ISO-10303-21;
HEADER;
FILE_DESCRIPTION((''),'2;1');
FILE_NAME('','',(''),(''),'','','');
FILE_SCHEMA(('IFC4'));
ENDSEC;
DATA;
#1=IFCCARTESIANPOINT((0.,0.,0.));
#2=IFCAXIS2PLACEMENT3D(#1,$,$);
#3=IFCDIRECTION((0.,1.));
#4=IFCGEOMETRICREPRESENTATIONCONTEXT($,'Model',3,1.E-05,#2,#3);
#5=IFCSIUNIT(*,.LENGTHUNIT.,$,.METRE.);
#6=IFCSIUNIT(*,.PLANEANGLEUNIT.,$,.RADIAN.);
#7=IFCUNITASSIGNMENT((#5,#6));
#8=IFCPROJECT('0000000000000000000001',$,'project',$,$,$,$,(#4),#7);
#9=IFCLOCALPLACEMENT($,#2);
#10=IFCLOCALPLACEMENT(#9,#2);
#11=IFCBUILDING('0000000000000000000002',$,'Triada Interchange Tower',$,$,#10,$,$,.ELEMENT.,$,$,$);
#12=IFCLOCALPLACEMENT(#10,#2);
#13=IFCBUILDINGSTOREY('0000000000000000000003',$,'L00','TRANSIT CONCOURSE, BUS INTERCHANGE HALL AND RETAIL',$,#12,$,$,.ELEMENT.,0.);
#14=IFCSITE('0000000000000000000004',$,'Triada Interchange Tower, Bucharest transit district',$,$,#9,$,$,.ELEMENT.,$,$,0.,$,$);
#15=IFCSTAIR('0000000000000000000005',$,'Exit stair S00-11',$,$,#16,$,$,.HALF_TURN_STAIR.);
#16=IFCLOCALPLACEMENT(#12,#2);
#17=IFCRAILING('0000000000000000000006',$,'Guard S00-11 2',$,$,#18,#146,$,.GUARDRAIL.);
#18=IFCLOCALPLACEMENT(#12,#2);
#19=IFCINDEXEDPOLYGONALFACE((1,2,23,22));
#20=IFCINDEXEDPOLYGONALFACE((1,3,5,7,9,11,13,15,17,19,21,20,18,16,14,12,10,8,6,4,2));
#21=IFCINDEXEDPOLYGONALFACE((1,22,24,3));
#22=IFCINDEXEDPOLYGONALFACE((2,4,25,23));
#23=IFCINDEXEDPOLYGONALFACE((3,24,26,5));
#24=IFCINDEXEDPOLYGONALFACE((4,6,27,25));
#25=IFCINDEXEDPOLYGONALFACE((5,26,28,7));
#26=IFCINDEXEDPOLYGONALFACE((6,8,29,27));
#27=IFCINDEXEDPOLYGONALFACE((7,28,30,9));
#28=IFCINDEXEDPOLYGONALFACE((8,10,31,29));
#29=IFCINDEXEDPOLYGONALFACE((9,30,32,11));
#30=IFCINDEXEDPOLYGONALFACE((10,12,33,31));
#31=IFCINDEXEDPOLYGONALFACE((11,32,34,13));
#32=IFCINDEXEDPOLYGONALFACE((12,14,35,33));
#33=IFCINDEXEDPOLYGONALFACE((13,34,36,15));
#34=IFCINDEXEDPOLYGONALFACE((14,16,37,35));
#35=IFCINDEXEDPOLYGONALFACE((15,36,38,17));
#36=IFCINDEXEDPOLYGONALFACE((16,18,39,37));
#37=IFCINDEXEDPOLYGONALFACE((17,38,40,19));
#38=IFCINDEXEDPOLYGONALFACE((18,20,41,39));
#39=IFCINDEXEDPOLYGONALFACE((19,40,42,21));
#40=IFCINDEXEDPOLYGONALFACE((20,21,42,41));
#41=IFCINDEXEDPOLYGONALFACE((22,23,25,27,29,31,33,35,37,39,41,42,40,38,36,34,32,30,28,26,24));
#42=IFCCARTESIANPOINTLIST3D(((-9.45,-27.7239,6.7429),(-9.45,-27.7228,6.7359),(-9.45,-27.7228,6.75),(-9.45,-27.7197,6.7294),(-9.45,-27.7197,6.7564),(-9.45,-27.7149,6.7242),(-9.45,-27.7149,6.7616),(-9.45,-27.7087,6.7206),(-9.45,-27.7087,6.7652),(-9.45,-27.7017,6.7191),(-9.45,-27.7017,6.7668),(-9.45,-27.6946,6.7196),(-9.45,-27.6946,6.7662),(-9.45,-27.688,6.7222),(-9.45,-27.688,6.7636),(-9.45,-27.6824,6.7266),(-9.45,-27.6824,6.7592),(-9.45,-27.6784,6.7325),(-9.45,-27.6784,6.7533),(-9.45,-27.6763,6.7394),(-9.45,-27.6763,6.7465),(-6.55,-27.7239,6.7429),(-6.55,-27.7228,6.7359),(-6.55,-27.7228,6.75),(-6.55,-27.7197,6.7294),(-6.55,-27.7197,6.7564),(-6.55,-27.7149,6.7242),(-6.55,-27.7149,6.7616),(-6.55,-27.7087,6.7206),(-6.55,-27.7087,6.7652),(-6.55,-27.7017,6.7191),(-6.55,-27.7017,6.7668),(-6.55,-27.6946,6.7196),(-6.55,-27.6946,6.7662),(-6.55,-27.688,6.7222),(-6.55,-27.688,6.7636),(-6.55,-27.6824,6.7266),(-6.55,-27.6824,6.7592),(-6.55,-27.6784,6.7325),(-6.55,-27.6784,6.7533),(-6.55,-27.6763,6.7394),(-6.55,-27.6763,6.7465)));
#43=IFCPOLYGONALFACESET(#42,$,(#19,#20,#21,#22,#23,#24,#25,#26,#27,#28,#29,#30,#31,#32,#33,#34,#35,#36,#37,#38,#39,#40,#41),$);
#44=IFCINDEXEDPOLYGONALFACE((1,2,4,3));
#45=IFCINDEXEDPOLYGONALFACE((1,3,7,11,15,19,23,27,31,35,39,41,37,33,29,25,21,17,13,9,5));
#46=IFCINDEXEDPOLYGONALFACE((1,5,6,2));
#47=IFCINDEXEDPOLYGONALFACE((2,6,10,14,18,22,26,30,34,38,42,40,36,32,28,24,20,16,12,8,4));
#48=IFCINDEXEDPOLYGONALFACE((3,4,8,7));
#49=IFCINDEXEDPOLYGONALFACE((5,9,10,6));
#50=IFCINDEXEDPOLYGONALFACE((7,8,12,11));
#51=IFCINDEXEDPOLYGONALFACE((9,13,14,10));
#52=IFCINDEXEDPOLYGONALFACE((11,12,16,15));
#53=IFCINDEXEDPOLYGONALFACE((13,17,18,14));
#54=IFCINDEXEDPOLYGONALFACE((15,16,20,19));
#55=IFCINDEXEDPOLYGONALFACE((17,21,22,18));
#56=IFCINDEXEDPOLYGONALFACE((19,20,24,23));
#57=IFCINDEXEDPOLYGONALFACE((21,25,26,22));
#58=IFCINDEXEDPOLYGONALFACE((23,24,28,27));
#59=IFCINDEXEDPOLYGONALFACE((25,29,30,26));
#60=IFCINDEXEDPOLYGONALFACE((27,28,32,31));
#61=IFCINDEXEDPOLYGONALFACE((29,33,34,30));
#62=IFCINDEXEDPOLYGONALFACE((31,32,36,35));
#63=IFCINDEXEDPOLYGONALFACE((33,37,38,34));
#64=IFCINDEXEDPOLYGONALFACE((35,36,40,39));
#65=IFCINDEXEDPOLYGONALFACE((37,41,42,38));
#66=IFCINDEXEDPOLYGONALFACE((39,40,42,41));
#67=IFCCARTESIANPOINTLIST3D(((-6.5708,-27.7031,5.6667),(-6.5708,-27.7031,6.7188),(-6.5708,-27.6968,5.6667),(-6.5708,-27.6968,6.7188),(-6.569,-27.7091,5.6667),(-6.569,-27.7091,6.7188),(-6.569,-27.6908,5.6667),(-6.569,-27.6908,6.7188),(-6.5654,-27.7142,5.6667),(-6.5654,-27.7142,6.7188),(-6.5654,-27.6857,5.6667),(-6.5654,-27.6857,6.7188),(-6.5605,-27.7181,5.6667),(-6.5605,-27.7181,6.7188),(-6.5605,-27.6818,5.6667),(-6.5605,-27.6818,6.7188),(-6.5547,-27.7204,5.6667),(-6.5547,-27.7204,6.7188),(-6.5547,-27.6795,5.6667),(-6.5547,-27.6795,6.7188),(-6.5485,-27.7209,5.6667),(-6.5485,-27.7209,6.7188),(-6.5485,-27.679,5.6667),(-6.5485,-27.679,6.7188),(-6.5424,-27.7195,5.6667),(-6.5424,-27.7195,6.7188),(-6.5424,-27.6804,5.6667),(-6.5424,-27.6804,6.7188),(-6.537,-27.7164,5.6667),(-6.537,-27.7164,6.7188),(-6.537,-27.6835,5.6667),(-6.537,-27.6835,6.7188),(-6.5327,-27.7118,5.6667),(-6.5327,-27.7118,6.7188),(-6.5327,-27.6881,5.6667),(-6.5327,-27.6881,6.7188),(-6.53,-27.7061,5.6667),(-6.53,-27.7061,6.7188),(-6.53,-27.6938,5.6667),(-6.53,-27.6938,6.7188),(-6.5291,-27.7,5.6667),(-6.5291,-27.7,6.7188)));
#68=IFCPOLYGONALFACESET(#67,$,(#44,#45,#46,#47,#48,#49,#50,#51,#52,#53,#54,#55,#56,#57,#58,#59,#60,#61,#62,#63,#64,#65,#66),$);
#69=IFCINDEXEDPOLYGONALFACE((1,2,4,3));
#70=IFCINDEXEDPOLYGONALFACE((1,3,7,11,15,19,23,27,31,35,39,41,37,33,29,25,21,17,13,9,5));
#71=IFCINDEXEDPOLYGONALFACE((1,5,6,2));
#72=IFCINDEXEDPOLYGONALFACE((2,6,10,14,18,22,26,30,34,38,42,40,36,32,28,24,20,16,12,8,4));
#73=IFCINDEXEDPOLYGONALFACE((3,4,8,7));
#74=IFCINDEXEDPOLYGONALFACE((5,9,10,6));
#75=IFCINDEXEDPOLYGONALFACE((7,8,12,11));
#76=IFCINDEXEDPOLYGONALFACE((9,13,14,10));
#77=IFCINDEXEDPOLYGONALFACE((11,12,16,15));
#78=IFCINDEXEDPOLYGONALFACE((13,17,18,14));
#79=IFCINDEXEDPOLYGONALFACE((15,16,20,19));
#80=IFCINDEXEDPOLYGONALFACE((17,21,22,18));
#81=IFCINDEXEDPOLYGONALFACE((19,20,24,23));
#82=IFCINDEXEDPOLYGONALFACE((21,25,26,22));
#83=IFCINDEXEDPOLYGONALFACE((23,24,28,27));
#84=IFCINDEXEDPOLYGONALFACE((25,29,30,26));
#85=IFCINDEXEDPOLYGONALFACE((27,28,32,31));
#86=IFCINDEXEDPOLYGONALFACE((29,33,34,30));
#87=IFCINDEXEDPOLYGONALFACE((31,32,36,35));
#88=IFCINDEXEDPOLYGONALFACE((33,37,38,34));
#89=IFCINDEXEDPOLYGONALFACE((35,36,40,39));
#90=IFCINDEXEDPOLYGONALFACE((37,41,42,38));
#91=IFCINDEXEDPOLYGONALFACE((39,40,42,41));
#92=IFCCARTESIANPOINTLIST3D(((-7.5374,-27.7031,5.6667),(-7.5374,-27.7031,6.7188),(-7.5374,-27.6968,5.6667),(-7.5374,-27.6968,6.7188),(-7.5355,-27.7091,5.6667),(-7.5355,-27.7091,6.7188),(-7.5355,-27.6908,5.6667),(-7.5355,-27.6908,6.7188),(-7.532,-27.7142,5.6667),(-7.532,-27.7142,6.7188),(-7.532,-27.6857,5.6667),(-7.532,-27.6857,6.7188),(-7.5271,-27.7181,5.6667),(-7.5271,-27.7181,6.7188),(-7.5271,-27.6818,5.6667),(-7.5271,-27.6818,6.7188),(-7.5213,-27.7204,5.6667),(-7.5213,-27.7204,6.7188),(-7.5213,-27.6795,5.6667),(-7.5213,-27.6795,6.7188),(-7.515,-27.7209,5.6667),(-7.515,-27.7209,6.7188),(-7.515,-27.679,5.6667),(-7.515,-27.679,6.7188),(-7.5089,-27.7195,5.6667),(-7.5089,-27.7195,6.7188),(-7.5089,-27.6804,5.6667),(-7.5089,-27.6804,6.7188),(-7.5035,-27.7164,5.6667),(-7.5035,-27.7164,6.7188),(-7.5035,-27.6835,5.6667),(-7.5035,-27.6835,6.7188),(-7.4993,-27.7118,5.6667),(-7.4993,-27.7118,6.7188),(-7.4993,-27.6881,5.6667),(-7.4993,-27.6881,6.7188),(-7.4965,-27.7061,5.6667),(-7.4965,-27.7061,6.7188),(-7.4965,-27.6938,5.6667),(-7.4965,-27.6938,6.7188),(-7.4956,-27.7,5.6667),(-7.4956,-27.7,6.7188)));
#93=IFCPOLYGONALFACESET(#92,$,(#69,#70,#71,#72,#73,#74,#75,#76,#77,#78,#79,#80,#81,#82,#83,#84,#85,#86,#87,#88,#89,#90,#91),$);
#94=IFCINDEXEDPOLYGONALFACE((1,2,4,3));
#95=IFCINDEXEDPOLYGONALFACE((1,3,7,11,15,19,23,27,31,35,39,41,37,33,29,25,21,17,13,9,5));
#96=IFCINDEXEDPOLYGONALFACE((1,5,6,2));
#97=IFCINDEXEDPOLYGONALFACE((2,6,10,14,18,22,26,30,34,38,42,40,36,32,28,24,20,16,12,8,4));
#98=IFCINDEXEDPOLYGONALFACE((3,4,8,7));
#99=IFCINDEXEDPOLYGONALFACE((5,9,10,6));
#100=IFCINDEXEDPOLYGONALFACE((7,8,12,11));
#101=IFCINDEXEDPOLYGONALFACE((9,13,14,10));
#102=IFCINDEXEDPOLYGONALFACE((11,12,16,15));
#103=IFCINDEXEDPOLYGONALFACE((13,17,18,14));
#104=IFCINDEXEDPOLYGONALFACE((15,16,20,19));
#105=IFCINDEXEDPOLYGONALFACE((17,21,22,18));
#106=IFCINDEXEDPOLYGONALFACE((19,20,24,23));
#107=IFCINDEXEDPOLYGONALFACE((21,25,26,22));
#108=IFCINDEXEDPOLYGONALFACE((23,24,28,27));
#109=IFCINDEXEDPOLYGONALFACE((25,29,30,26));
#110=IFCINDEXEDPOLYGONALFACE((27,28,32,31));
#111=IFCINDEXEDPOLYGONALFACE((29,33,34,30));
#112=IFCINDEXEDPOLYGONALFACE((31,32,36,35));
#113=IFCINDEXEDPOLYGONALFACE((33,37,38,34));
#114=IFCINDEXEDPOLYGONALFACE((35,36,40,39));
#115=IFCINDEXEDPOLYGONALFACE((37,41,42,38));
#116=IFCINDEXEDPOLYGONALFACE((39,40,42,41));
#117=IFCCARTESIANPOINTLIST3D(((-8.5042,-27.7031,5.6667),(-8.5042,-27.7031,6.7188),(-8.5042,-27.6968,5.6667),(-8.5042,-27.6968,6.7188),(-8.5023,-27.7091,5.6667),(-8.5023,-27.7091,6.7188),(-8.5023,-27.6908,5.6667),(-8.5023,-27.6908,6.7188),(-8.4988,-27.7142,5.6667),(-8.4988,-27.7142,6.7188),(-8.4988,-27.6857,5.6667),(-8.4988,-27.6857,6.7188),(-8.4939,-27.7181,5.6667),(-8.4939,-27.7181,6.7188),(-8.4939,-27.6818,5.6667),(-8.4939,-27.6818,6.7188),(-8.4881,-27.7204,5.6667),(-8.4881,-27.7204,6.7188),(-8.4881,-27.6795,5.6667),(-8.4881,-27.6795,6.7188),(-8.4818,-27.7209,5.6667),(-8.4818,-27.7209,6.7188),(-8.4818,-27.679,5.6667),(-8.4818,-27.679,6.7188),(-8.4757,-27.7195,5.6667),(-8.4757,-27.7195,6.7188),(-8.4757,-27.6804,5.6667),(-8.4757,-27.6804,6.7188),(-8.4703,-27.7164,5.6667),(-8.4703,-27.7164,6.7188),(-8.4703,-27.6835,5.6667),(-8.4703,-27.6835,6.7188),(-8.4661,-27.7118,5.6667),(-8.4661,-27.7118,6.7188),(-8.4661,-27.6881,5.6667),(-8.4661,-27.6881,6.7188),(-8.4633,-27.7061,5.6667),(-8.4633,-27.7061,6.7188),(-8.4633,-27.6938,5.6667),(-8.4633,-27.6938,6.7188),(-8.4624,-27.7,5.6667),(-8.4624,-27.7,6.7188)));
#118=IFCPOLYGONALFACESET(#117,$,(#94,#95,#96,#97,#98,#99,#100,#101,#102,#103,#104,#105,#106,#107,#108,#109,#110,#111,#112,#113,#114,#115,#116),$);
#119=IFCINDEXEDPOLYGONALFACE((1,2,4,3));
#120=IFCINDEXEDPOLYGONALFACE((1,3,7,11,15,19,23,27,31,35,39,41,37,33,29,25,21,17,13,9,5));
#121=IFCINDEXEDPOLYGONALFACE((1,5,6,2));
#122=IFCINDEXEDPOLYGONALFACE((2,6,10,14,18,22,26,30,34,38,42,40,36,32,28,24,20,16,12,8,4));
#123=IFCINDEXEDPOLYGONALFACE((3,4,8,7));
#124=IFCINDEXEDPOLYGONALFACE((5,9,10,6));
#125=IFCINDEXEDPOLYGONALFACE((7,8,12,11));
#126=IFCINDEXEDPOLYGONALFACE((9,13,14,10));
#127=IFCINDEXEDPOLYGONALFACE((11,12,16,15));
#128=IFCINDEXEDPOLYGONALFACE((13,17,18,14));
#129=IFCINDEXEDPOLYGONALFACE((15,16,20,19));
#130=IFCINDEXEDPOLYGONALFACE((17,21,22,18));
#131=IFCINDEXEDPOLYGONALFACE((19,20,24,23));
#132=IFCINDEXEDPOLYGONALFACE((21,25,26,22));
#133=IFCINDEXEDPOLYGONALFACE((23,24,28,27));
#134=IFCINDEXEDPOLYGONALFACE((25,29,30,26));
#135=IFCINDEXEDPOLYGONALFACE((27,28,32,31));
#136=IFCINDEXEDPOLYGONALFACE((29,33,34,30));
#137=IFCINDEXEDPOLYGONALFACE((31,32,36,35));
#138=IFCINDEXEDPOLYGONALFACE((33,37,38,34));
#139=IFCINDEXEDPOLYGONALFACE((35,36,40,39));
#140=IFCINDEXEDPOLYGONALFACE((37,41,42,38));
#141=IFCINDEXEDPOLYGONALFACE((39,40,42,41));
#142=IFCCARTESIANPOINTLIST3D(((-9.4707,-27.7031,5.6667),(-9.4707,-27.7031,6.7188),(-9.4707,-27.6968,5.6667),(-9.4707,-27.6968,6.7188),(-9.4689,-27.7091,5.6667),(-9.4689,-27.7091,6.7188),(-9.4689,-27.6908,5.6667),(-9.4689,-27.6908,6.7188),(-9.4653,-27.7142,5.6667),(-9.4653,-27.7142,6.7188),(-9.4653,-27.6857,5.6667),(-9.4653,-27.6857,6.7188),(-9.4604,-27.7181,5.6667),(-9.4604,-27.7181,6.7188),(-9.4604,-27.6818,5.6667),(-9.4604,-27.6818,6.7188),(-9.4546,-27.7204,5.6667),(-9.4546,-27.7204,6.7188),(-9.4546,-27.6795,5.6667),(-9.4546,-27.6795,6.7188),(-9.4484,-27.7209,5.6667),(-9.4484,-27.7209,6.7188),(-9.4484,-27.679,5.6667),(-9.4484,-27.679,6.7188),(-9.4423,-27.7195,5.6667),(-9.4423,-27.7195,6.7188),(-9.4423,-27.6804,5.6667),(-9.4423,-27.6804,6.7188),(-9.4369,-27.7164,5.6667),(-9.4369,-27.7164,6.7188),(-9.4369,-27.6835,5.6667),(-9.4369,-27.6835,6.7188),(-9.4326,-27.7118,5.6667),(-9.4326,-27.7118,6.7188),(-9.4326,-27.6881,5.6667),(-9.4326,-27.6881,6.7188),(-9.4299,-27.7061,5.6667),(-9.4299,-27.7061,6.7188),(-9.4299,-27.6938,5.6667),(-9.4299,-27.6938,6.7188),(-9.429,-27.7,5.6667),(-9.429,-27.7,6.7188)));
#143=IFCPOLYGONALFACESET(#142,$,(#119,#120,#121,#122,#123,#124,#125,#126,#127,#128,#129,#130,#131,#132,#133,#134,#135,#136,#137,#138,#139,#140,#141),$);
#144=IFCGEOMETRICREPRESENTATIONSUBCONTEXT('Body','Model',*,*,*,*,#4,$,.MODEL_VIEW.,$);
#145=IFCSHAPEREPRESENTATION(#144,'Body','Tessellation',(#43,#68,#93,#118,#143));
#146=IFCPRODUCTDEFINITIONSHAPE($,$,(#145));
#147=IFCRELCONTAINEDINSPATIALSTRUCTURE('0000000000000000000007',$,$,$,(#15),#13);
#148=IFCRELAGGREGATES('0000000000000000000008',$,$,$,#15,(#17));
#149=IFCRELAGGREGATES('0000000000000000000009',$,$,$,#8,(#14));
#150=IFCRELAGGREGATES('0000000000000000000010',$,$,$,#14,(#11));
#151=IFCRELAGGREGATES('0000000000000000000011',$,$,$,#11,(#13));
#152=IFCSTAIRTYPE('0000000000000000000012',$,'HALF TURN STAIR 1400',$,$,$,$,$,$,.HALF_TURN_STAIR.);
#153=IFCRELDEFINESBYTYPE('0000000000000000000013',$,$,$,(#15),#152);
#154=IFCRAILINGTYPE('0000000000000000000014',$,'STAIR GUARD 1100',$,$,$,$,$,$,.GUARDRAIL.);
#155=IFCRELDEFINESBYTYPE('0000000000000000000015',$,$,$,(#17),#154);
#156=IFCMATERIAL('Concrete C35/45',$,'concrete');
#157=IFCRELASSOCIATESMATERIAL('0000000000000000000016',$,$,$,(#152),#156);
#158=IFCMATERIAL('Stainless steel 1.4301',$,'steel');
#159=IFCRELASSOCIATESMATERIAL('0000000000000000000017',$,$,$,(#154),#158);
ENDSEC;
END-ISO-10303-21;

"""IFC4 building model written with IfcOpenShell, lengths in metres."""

from ifc_helpers import new_model, si_unit, direction, frame, origin, origin_2d, place, context, subcontext, project, spatial, circle, extrude, material, type_object, element, aggregate, save


model = new_model("IFC4")

# Units and contexts
model_context = context("Model", 3, precision=1e-05, world=origin(), true_north=direction((0.0, 1.0)))
body_context = subcontext(model_context, "Body", "Model", "MODEL_VIEW")
ifc_project = project(units=[si_unit("LENGTHUNIT", "METRE"), si_unit("PLANEANGLEUNIT", "RADIAN")], contexts=[model_context])

# Site, building, storey
site_placement = place(None, origin())
site = spatial("IfcSite", under=ifc_project, at=site_placement, Name="Triada Interchange Tower, Bucharest transit district", CompositionType="ELEMENT", RefElevation=0.0)
building_placement = place(site_placement, origin())
building = spatial("IfcBuilding", under=site, at=building_placement, Name="Triada Interchange Tower", CompositionType="ELEMENT")
storey_placement = place(building_placement, origin())
storey = spatial("IfcBuildingStorey", under=building, at=storey_placement, Name="L00", Description="TRANSIT CONCOURSE, BUS INTERCHANGE HALL AND RETAIL", CompositionType="ELEMENT", Elevation=0.0)

# Shared definitions
ifc_material_1 = material(Name="Concrete C35/45", Category="concrete")

# Stair, railing
stair_type = type_object("IfcStairType", Name="HALF TURN STAIR 1400", PredefinedType="HALF_TURN_STAIR", material=ifc_material_1)
stair_placement = place(storey_placement, origin())
stair = element("IfcStair", 1, at=stair_placement, inside=storey, type_object=stair_type, Name="Exit stair S00-11", PredefinedType="HALF_TURN_STAIR")
ifc_material_2 = material(Name="Stainless steel 1.4301", Category="steel")
railing_type_1 = type_object("IfcRailingType", Name="STAIR GUARD 1100", PredefinedType="GUARDRAIL", material=ifc_material_2)
railing_1_placement = place(storey_placement, frame((-6.55, -27.7, 5.6667)))
railing_1 = element("IfcRailing", 2, at=railing_1_placement, type_object=railing_type_1, Name="Guard S00-11 2", PredefinedType="GUARDRAIL", context=body_context, shape_type="SweptSolid", body=[
    extrude(circle(Radius=0.0239, at=origin_2d()), frame((0.0, 0.0, 1.0762), z_axis=(-1.0, 0.0, 0.0), x_axis=(0.0, -1.0, 0.0)), (0.0, 0.0, 1.0), 2.8999),
    extrude(circle(Radius=0.021, at=origin_2d()), origin(), (0.0, 0.0, 1.0), 1.052),
    extrude(circle(Radius=0.021, at=origin_2d()), frame((-0.9666, 0.0, 0.0)), (0.0, 0.0, 1.0), 1.052),
    extrude(circle(Radius=0.021, at=origin_2d()), frame((-1.9333, 0.0, 0.0)), (0.0, 0.0, 1.0), 1.052),
    extrude(circle(Radius=0.021, at=origin_2d()), frame((-2.8999, 0.0, 0.0)), (0.0, 0.0, 1.0), 1.052),
])
aggregate(stair, [railing_1])

save(model, "model.ifc")
